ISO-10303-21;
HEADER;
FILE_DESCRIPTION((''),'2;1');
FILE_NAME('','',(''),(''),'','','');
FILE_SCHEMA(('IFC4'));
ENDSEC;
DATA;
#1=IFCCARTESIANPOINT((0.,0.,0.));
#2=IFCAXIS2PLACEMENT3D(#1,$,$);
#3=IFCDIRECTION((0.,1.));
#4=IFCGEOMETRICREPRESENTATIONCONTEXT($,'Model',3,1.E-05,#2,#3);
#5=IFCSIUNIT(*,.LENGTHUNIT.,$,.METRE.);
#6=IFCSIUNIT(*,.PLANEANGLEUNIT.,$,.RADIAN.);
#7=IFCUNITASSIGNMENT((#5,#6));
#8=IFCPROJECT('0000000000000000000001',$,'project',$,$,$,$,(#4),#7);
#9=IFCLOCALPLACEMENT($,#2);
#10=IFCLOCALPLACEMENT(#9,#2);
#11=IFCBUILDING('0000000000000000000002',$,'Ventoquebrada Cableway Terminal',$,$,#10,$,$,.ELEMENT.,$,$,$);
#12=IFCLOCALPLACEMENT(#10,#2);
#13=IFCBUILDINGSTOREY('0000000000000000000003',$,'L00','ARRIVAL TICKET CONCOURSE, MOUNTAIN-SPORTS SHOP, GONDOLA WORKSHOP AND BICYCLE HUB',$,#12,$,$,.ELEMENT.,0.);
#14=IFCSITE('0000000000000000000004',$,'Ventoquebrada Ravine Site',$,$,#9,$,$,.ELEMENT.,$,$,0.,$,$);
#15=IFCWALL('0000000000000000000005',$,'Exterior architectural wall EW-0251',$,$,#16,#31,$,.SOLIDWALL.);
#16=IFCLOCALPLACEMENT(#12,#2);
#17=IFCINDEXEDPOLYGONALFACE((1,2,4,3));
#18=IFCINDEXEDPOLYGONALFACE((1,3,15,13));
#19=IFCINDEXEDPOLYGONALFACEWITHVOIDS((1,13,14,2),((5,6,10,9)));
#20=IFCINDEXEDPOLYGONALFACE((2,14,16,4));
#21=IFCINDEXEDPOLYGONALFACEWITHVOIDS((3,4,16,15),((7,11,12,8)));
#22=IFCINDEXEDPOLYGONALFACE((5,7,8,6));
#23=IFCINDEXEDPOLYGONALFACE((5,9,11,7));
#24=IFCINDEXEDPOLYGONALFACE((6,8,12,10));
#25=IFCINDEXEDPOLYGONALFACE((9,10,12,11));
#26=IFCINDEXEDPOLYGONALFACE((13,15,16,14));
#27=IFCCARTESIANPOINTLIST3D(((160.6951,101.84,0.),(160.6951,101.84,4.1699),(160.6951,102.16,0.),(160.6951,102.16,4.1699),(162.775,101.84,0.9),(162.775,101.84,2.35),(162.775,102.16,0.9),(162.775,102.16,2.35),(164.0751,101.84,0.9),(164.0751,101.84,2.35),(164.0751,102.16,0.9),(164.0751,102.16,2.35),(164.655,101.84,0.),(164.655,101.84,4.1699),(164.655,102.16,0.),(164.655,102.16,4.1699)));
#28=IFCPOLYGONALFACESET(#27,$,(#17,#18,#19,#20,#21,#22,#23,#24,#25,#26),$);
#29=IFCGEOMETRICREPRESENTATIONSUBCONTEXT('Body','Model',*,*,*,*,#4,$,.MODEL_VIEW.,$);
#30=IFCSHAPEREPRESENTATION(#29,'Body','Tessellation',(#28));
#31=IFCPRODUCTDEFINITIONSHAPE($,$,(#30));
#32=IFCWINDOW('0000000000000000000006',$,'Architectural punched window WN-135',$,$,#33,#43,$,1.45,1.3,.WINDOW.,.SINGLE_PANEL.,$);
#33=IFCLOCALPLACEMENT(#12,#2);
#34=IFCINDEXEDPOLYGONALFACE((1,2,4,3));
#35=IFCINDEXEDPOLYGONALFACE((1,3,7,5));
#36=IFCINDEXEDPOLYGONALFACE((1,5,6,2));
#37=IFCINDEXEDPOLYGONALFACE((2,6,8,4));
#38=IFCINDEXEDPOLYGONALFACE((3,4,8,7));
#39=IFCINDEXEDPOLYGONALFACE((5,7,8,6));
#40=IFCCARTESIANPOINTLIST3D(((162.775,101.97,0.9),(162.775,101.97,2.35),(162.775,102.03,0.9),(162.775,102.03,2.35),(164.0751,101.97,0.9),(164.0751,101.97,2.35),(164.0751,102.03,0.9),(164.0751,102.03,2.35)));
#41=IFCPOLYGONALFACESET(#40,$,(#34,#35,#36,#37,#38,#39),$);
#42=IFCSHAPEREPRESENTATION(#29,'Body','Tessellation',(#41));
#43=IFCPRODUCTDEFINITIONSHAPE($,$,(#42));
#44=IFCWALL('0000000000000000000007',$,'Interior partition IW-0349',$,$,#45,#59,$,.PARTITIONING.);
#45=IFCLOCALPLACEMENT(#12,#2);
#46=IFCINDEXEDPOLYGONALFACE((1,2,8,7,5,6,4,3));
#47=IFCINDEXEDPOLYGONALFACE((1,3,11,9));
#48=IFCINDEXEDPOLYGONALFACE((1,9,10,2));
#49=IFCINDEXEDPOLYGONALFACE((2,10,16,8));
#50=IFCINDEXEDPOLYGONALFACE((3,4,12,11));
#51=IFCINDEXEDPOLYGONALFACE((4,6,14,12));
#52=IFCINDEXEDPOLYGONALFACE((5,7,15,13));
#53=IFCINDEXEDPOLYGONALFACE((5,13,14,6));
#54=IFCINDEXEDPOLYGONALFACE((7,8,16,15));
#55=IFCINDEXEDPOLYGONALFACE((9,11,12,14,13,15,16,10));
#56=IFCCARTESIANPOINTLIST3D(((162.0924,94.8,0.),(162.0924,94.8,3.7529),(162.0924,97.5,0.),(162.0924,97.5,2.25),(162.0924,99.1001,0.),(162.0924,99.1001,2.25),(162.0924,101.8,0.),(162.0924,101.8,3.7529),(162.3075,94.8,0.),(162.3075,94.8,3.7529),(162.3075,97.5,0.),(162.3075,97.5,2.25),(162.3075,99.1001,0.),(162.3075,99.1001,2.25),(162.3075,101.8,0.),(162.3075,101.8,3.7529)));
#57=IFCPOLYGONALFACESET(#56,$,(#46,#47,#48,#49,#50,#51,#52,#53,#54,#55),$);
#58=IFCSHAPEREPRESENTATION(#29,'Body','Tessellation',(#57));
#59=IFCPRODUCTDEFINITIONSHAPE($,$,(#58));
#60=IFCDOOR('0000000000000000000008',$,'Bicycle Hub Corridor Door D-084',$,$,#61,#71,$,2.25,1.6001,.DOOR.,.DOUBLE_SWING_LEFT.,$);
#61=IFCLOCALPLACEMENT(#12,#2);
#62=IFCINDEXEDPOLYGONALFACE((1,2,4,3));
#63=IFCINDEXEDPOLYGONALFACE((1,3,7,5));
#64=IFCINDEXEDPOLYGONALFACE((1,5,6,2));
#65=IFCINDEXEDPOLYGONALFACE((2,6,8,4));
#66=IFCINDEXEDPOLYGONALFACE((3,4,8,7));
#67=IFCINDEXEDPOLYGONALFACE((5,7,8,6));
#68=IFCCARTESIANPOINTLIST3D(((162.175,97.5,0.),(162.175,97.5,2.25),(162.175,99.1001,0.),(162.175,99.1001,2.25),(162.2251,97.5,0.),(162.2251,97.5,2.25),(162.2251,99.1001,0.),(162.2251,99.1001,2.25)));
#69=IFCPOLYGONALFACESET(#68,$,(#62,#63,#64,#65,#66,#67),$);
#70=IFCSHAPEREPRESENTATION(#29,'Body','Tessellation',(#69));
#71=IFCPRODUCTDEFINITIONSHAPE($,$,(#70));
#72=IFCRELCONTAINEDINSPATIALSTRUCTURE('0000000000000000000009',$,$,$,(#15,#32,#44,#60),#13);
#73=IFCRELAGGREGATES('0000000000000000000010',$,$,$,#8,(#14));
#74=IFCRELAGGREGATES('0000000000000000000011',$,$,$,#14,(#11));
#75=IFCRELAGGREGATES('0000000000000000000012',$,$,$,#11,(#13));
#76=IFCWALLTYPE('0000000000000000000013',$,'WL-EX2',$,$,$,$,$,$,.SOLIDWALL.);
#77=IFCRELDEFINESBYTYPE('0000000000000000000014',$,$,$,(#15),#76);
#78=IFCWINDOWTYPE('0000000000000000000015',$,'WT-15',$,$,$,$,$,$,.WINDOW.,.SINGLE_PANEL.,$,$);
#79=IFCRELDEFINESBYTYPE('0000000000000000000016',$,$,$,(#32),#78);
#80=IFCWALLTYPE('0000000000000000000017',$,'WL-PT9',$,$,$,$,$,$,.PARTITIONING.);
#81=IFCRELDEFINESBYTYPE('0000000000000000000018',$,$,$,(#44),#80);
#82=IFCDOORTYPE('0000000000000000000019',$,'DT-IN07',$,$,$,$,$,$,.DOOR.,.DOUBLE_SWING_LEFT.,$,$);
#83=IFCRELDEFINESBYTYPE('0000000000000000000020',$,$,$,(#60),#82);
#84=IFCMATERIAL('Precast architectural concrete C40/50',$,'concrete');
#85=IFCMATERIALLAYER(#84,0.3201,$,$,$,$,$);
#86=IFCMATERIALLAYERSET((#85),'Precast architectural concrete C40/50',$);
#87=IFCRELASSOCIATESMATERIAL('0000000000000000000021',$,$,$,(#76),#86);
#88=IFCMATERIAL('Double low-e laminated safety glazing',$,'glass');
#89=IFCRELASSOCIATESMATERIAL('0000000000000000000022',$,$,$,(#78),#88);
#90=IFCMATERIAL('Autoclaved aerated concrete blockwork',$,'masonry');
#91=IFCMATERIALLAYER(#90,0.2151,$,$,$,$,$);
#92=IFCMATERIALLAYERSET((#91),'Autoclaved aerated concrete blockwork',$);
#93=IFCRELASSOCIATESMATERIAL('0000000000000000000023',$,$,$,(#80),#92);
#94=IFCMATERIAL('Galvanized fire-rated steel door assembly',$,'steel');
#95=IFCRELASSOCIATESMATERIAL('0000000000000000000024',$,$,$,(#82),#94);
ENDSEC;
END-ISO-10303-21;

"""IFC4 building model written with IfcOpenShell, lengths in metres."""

from ifc_helpers import new_model, si_unit, direction, frame, frame_2d, origin, place, context, subcontext, project, spatial, rectangle, extrude, material, layer, layer_set, type_object, element, fill, save


model = new_model("IFC4")

# Units and contexts
model_context = context("Model", 3, precision=1e-05, world=origin(), true_north=direction((0.0, 1.0)))
body_context = subcontext(model_context, "Body", "Model", "MODEL_VIEW")
ifc_project = project(units=[si_unit("LENGTHUNIT", "METRE"), si_unit("PLANEANGLEUNIT", "RADIAN")], contexts=[model_context])

# Site, building, storey
site_placement = place(None, origin())
site = spatial("IfcSite", under=ifc_project, at=site_placement, Name="Ventoquebrada Ravine Site", CompositionType="ELEMENT", RefElevation=0.0)
building_placement = place(site_placement, origin())
building = spatial("IfcBuilding", under=site, at=building_placement, Name="Ventoquebrada Cableway Terminal", CompositionType="ELEMENT")
storey_placement = place(building_placement, origin())
storey = spatial("IfcBuildingStorey", under=building, at=storey_placement, Name="L00", Description="ARRIVAL TICKET CONCOURSE, MOUNTAIN-SPORTS SHOP, GONDOLA WORKSHOP AND BICYCLE HUB", CompositionType="ELEMENT", Elevation=0.0)

# Shared definitions
ifc_material_1 = material(Name="Precast architectural concrete C40/50", Category="concrete")
ifc_material_2 = material(Name="Double low-e laminated safety glazing", Category="glass")

# Wall, opening, window
ifc_layer_1 = layer(ifc_material_1, 0.3201)
ifc_layer_set_1 = layer_set([ifc_layer_1], Name="Precast architectural concrete C40/50")
wall_type_1 = type_object("IfcWallType", Name="WL-EX2", PredefinedType="SOLIDWALL", material=ifc_layer_set_1)
wall_1_placement = place(storey_placement, frame((164.655, 102.0, 0.0), z_axis=(0.0, 0.0, 1.0), x_axis=(-1.0, 0.0, 0.0)))
wall_1 = element("IfcWall", 1, at=wall_1_placement, inside=storey, type_object=wall_type_1, Name="Exterior architectural wall EW-0251", PredefinedType="SOLIDWALL", context=body_context, shape_type="SweptSolid", body=[
    extrude(rectangle(XDim=3.96, YDim=0.3201, at=frame_2d((1.98, 0.0))), origin(), (0.0, 0.0, 1.0), 4.1699),
])
opening_1_placement = place(wall_1_placement, frame((0.5801, 0.0, 0.8999)))
opening_1 = element("IfcOpeningElement", 2, at=opening_1_placement, cuts=wall_1, PredefinedType="OPENING", context=body_context, shape_type="SweptSolid", body=[
    extrude(rectangle(XDim=1.3, YDim=1.45, at=frame_2d((0.6499, 0.7251))), frame((0.0, 0.1699, 0.0), z_axis=(0.0, -1.0, 0.0), x_axis=(1.0, 0.0, 0.0)), (0.0, 0.0, 1.0), 0.3401),
])
window_type_1 = type_object("IfcWindowType", Name="WT-15", PartitioningType="SINGLE_PANEL", PredefinedType="WINDOW", material=ifc_material_2)
window_1_placement = place(opening_1_placement, origin())
window_1 = element("IfcWindow", 3, at=window_1_placement, inside=storey, type_object=window_type_1, Name="Architectural punched window WN-135", OverallHeight=1.45, OverallWidth=1.3, PartitioningType="SINGLE_PANEL", PredefinedType="WINDOW", context=body_context, shape_type="SweptSolid", body=[
    extrude(rectangle(XDim=1.3, YDim=1.45, at=frame_2d((0.6499, 0.7251))), frame((0.0, 0.03, 0.0), z_axis=(0.0, -1.0, 0.0), x_axis=(1.0, 0.0, 0.0)), (0.0, 0.0, 1.0), 0.0601),
])
fill(opening_1, window_1)

# Wall, opening, door
ifc_material_3 = material(Name="Autoclaved aerated concrete blockwork", Category="masonry")
ifc_layer_2 = layer(ifc_material_3, 0.2151)
ifc_layer_set_2 = layer_set([ifc_layer_2], Name="Autoclaved aerated concrete blockwork")
wall_type_2 = type_object("IfcWallType", Name="WL-PT9", PredefinedType="PARTITIONING", material=ifc_layer_set_2)
wall_2_placement = place(storey_placement, frame((162.2, 94.8, 0.0), z_axis=(0.0, 0.0, 1.0), x_axis=(0.0, 1.0, 0.0)))
wall_2 = element("IfcWall", 4, at=wall_2_placement, inside=storey, type_object=wall_type_2, Name="Interior partition IW-0349", PredefinedType="PARTITIONING", context=body_context, shape_type="SweptSolid", body=[
    extrude(rectangle(XDim=7.0, YDim=0.2151, at=frame_2d((3.5, 0.0))), origin(), (0.0, 0.0, 1.0), 3.7529),
])
opening_2_placement = place(wall_2_placement, frame((2.7, 0.0, 0.0)))
opening_2 = element("IfcOpeningElement", 5, at=opening_2_placement, cuts=wall_2, PredefinedType="OPENING", context=body_context, shape_type="SweptSolid", body=[
    extrude(rectangle(XDim=1.6001, YDim=2.25, at=frame_2d((0.8, 1.125))), frame((0.0, 0.1174, 0.0), z_axis=(0.0, -1.0, 0.0), x_axis=(1.0, 0.0, 0.0)), (0.0, 0.0, 1.0), 0.2351),
])
ifc_material_4 = material(Name="Galvanized fire-rated steel door assembly", Category="steel")
door_type_1 = type_object("IfcDoorType", Name="DT-IN07", OperationType="DOUBLE_SWING_LEFT", PredefinedType="DOOR", material=ifc_material_4)
door_1_placement = place(opening_2_placement, origin())
door_1 = element("IfcDoor", 6, at=door_1_placement, inside=storey, type_object=door_type_1, Name="Bicycle Hub Corridor Door D-084", OperationType="DOUBLE_SWING_LEFT", OverallHeight=2.25, OverallWidth=1.6001, PredefinedType="DOOR", context=body_context, shape_type="SweptSolid", body=[
    extrude(rectangle(XDim=1.6001, YDim=2.25, at=frame_2d((0.8, 1.125))), frame((0.0, 0.0249, 0.0), z_axis=(0.0, -1.0, 0.0), x_axis=(1.0, 0.0, 0.0)), (0.0, 0.0, 1.0), 0.05),
])
fill(opening_2, door_1)

save(model, "model.ifc")
